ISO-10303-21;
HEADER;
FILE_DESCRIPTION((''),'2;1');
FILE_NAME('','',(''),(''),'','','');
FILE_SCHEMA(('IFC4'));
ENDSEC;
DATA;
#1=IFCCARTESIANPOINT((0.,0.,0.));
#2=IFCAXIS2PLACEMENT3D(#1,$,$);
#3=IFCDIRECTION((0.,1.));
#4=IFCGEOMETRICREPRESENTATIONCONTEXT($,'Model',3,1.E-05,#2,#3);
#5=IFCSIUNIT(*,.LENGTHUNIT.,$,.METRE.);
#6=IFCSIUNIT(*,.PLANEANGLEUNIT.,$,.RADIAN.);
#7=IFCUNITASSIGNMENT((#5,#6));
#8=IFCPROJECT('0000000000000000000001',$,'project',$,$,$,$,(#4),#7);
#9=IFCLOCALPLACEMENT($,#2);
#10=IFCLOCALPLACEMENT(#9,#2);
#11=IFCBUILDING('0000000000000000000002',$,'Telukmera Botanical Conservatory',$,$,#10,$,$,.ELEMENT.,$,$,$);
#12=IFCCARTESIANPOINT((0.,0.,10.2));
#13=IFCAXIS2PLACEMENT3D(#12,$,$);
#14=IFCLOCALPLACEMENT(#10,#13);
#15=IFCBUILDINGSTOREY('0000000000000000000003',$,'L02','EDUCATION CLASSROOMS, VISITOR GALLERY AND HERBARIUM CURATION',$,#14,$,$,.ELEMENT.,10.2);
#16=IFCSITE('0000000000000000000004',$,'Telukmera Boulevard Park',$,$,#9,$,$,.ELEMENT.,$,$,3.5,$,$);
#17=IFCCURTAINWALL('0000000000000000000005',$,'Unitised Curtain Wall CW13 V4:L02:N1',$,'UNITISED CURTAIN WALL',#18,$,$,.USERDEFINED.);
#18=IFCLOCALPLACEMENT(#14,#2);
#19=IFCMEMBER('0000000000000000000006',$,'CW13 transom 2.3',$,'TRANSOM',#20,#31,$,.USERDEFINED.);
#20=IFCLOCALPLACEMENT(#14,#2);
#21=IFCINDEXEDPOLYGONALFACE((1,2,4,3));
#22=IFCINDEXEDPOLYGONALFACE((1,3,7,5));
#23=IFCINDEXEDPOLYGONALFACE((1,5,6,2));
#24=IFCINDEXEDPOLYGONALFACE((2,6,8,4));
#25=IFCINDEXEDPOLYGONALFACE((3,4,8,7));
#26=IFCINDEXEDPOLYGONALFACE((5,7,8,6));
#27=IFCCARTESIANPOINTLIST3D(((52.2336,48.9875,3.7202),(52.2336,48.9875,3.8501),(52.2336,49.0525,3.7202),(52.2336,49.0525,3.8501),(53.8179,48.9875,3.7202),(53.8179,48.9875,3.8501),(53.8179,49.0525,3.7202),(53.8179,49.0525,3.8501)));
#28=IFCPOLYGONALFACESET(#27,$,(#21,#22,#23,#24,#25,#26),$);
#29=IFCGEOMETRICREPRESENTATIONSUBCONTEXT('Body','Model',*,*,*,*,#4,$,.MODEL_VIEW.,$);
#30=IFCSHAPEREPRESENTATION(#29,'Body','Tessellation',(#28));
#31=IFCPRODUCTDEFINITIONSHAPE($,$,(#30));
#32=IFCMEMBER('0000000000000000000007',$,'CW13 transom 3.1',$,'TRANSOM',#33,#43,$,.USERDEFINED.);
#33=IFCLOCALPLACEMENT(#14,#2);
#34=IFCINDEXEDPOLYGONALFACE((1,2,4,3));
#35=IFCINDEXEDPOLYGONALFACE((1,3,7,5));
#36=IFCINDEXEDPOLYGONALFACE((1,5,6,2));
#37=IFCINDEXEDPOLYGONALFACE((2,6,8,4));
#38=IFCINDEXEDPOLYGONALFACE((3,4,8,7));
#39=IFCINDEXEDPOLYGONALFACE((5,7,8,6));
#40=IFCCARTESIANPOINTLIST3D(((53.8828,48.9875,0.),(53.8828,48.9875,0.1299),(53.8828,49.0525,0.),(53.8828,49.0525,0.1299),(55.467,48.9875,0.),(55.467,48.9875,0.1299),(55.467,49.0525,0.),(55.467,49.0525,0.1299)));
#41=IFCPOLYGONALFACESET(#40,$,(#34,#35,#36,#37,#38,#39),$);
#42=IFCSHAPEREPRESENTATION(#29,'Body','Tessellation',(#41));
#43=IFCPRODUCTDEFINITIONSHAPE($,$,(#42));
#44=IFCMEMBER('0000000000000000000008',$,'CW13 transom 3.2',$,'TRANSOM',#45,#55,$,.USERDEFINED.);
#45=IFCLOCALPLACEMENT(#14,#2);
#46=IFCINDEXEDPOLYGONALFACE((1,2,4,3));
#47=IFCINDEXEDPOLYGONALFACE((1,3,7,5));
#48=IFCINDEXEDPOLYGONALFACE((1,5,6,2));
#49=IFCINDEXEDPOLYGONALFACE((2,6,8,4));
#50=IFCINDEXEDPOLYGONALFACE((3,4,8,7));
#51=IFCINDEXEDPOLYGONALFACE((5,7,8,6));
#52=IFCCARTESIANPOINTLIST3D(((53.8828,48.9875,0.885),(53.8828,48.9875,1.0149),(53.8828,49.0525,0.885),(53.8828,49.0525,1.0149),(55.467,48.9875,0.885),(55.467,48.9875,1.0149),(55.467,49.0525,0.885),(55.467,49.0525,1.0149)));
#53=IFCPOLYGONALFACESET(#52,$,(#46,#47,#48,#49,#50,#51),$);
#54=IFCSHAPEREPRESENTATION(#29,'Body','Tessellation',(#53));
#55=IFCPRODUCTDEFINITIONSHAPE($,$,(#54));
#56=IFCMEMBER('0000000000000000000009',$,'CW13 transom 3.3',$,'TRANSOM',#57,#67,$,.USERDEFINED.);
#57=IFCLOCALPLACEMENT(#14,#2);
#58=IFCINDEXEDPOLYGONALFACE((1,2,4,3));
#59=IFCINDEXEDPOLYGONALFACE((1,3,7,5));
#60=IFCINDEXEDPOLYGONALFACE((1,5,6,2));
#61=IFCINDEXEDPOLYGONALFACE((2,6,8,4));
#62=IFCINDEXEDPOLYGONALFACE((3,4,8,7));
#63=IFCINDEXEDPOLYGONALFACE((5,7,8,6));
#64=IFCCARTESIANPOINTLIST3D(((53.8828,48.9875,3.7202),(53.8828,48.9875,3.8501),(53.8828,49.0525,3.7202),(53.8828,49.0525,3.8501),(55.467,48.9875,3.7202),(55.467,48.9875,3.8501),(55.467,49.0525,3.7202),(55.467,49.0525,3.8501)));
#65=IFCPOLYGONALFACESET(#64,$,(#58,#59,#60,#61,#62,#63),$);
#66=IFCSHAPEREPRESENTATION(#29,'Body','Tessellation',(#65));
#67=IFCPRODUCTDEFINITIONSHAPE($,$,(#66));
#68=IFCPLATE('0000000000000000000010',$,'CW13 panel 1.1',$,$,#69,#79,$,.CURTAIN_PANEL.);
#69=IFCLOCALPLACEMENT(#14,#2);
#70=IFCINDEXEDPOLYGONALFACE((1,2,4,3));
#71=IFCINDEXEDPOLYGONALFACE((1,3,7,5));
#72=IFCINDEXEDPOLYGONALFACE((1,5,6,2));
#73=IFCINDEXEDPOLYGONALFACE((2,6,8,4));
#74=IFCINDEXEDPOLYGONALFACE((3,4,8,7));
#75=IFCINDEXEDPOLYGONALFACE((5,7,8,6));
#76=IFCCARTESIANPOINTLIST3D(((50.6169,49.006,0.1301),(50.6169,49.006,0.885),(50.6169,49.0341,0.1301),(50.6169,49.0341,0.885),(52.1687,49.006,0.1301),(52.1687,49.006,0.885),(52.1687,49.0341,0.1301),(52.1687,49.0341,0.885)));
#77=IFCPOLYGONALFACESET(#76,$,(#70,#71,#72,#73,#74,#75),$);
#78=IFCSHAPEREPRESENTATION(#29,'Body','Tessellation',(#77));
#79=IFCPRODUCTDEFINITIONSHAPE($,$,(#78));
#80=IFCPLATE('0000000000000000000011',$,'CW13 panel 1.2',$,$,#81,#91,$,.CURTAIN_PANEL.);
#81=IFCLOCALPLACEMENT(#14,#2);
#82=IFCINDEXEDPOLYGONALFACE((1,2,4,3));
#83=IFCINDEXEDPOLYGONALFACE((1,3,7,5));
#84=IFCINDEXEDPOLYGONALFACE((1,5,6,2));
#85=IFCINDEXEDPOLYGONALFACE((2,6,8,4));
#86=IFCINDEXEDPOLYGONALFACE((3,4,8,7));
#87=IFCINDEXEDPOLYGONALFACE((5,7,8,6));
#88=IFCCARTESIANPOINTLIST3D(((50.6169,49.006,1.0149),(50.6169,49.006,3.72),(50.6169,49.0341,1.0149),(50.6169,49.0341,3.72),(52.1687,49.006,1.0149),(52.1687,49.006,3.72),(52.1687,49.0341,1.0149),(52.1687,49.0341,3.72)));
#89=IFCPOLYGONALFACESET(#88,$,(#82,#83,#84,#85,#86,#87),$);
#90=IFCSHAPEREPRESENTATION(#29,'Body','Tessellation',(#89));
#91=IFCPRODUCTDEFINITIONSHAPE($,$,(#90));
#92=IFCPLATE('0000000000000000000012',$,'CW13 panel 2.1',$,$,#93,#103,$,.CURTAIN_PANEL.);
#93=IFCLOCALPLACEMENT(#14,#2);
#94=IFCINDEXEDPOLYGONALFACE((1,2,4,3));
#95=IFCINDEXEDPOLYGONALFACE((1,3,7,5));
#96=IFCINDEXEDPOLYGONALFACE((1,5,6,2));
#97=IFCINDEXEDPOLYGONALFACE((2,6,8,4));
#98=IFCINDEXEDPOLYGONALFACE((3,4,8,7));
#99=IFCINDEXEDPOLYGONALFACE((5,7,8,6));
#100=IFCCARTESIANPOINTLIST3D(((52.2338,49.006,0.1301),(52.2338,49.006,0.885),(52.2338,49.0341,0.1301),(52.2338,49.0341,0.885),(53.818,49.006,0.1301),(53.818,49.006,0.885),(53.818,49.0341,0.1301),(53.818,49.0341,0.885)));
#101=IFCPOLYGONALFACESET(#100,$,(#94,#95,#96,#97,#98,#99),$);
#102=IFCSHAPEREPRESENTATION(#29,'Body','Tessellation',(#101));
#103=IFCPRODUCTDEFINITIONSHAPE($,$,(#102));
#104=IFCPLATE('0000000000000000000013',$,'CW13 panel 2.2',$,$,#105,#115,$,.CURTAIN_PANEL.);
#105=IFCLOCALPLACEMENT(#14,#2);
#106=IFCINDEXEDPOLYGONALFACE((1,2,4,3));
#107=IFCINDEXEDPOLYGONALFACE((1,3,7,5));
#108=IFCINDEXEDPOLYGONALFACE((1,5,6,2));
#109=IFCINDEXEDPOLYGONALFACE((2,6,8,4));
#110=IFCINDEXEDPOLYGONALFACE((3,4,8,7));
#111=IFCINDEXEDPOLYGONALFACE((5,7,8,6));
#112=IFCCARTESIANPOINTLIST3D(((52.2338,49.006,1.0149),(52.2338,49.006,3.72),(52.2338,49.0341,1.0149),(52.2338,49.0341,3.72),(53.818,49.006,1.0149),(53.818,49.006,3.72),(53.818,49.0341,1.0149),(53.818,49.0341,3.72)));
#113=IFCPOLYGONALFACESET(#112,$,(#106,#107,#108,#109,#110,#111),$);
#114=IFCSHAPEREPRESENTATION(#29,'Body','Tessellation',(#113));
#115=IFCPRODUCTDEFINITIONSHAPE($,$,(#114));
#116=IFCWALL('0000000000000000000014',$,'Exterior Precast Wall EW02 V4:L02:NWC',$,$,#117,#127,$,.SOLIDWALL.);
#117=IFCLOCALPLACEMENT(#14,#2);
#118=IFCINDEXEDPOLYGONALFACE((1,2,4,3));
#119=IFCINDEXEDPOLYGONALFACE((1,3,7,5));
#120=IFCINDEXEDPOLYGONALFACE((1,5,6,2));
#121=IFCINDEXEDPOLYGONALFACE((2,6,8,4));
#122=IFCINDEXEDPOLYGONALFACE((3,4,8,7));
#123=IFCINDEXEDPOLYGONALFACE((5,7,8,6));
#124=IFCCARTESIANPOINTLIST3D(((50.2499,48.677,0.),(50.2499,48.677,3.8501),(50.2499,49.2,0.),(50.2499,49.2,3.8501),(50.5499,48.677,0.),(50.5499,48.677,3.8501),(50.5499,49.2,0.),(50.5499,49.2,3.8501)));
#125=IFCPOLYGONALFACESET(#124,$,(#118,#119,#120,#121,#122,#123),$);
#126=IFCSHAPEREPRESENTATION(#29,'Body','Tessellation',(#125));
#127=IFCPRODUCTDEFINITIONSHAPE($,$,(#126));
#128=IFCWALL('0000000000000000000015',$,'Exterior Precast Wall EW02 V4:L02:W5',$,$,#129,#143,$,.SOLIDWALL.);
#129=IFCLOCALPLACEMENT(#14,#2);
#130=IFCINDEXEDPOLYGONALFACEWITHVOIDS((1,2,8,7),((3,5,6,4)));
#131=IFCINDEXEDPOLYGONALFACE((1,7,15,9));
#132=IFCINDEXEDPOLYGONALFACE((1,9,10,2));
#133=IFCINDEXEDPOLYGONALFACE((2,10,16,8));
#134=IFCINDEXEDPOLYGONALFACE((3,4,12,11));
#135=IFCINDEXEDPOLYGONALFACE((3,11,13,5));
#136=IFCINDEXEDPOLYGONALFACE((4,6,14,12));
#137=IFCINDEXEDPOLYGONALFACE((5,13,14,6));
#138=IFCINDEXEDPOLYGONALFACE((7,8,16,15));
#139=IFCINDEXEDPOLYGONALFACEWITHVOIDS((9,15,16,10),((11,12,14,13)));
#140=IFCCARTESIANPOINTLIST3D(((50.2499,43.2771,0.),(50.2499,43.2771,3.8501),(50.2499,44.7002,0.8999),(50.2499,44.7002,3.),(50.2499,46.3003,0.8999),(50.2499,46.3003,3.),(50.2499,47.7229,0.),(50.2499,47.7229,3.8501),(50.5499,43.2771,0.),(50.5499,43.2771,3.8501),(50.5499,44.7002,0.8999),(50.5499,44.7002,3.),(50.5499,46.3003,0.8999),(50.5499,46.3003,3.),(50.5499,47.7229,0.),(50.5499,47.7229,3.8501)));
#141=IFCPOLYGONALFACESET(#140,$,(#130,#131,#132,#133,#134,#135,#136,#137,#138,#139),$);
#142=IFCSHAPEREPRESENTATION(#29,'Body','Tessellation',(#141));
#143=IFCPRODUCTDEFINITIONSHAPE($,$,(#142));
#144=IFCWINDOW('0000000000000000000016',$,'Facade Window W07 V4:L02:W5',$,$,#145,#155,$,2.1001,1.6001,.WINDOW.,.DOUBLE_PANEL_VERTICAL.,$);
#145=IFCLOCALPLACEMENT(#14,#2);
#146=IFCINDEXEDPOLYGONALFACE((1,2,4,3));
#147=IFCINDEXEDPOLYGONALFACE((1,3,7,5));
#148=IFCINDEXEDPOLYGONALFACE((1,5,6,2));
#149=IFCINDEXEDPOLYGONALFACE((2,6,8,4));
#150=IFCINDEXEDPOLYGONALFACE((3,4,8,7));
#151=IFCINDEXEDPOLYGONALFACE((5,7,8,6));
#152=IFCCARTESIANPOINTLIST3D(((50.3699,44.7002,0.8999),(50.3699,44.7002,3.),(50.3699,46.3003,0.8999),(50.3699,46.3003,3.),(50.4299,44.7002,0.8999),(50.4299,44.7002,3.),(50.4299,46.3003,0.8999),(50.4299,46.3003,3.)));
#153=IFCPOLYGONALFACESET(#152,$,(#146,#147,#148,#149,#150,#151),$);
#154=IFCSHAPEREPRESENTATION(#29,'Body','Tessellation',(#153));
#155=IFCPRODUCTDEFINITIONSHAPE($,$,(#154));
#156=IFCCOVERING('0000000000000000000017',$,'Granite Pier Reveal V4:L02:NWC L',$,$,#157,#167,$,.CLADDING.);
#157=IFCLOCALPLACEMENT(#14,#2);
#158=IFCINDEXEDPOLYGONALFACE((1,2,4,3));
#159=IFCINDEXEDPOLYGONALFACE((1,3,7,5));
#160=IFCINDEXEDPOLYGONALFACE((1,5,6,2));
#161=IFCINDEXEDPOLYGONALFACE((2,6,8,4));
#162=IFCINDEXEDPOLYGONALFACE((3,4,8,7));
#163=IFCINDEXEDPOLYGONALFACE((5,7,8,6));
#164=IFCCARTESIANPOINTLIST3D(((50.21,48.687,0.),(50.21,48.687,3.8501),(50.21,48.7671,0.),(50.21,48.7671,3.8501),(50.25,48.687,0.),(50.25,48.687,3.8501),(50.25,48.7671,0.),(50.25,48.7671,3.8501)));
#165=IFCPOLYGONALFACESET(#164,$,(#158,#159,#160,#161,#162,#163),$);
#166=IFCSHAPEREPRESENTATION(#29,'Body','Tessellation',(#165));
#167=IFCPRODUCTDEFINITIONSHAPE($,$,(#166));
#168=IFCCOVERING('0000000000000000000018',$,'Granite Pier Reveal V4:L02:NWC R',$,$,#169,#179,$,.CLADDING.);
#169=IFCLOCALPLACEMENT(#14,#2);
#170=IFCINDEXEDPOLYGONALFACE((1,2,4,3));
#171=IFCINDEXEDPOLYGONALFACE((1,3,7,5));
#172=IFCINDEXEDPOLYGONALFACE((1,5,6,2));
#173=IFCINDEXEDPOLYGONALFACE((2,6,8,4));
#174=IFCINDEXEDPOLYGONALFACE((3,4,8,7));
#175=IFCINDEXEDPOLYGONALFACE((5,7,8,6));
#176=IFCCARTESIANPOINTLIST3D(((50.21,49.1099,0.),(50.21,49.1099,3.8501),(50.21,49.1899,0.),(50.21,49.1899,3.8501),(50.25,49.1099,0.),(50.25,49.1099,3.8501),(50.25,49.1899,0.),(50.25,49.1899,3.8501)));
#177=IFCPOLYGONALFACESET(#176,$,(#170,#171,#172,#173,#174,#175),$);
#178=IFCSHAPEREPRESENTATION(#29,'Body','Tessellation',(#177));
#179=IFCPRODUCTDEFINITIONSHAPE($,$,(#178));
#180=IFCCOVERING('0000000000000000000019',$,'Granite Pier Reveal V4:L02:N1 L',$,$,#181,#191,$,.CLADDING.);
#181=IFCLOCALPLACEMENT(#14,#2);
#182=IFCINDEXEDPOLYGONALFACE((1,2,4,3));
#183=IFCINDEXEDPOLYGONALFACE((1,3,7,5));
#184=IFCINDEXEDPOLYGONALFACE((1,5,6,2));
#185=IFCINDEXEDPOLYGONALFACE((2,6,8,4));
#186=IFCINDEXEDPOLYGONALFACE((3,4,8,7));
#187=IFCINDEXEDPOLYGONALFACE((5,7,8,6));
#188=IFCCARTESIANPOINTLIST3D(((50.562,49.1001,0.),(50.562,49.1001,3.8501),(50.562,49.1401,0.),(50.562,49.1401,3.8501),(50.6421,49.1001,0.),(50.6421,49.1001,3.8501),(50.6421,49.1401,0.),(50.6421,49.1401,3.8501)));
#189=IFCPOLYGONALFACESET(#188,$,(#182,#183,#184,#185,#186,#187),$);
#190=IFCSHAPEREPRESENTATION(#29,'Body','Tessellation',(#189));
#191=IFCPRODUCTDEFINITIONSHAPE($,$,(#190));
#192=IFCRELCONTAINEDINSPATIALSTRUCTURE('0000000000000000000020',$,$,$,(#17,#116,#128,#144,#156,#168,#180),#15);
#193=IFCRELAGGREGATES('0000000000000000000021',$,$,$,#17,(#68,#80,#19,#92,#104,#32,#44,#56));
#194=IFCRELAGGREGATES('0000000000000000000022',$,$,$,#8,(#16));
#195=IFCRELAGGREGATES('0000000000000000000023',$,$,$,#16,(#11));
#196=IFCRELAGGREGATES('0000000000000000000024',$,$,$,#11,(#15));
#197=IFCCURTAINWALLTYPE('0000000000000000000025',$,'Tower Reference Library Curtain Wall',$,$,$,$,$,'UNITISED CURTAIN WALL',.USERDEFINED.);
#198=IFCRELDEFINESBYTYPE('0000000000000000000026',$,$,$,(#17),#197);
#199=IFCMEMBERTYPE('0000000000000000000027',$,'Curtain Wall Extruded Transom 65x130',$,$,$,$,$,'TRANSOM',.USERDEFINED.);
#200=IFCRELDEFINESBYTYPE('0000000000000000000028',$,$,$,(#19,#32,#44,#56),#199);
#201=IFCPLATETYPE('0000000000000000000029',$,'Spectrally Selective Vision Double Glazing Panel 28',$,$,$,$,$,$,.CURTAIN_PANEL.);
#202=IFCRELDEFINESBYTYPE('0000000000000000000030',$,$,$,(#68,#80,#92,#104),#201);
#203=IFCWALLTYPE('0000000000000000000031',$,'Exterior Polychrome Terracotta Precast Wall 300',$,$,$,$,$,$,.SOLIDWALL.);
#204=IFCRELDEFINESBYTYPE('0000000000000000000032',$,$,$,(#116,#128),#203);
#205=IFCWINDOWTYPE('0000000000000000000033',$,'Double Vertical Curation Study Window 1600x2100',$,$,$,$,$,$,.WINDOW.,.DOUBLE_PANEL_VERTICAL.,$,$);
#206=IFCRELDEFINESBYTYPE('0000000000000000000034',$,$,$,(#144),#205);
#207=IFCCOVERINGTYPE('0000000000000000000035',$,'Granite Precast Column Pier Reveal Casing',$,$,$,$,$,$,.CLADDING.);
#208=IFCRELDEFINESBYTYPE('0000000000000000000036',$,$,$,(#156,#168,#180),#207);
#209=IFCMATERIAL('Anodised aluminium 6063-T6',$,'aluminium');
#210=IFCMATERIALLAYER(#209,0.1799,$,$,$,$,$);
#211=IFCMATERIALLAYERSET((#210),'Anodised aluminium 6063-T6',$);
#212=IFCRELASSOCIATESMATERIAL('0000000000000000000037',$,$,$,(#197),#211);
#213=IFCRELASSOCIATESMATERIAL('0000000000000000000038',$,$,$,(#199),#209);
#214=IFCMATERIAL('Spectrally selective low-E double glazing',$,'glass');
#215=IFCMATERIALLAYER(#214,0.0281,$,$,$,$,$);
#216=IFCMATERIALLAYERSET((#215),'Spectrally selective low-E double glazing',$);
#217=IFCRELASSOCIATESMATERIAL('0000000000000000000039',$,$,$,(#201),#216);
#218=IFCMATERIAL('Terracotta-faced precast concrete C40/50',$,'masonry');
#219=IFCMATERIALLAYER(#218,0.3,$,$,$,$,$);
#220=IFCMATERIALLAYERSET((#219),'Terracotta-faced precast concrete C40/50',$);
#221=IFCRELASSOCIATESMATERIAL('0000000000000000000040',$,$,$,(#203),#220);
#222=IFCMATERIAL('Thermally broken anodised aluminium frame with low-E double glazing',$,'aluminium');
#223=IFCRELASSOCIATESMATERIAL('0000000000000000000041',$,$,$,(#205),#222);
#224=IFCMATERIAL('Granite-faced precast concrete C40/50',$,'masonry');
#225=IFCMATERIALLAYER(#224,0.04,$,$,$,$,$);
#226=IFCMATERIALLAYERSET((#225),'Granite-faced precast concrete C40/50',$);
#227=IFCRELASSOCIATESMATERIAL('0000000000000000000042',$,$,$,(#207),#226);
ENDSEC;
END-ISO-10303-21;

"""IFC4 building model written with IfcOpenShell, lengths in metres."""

from ifc_helpers import new_model, si_unit, direction, frame, frame_2d, origin, origin_2d, place, context, subcontext, project, spatial, rectangle, extrude, material, layer, layer_set, material_profile, profile_set, type_object, element, fill, aggregate, save


model = new_model("IFC4")

# Units and contexts
model_context = context("Model", 3, precision=1e-05, world=origin(), true_north=direction((0.0, 1.0)))
body_context = subcontext(model_context, "Body", "Model", "MODEL_VIEW")
ifc_project = project(units=[si_unit("LENGTHUNIT", "METRE"), si_unit("PLANEANGLEUNIT", "RADIAN")], contexts=[model_context])

# Site, building, storey
site_placement = place(None, origin())
site = spatial("IfcSite", under=ifc_project, at=site_placement, Name="Telukmera Boulevard Park", CompositionType="ELEMENT", RefElevation=3.5)
building_placement = place(site_placement, origin())
building = spatial("IfcBuilding", under=site, at=building_placement, Name="Telukmera Botanical Conservatory", CompositionType="ELEMENT")
storey_placement = place(building_placement, frame((0.0, 0.0, 10.2)))
storey = spatial("IfcBuildingStorey", under=building, at=storey_placement, Name="L02", Description="EDUCATION CLASSROOMS, VISITOR GALLERY AND HERBARIUM CURATION", CompositionType="ELEMENT", Elevation=10.2)

# Curtain wall, members, plates
ifc_material_1 = material(Name="Anodised aluminium 6063-T6", Category="aluminium")
ifc_layer_1 = layer(ifc_material_1, 0.1799)
ifc_layer_set_1 = layer_set([ifc_layer_1], Name="Anodised aluminium 6063-T6")
curtain_wall_type = type_object("IfcCurtainWallType", Name="Tower Reference Library Curtain Wall", ElementType="UNITISED CURTAIN WALL", PredefinedType="USERDEFINED", material=ifc_layer_set_1)
curtain_wall_placement = place(storey_placement, origin())
curtain_wall = element("IfcCurtainWall", 1, at=curtain_wall_placement, inside=storey, type_object=curtain_wall_type, Name="Unitised Curtain Wall CW13 V4:L02:N1", ObjectType="UNITISED CURTAIN WALL", PredefinedType="USERDEFINED")
ifc_material_profile_1 = material_profile(ifc_material_1, rectangle(XDim=0.0649, YDim=0.1299, at=origin_2d()), Name="ALU TRAN 65x130")
ifc_profile_set_1 = profile_set([ifc_material_profile_1], Name="Anodised aluminium 6063-T6")
member_type_1 = type_object("IfcMemberType", Name="Curtain Wall Extruded Transom 65x130", ElementType="TRANSOM", PredefinedType="USERDEFINED", material=ifc_profile_set_1)
member_1_placement = place(storey_placement, frame((52.2336, 49.02, 3.7852), z_axis=(1.0, 0.0, 0.0), x_axis=(0.0, 1.0, 0.0)))
member_1 = element("IfcMember", 2, at=member_1_placement, type_object=member_type_1, Name="CW13 transom 2.3", ObjectType="TRANSOM", PredefinedType="USERDEFINED", context=body_context, shape_type="SweptSolid", body=[
    extrude(rectangle(XDim=0.0649, YDim=0.1299, at=origin_2d()), origin(), (0.0, 0.0, 1.0), 1.5842),
])
member_2_placement = place(storey_placement, frame((53.8828, 49.02, 0.0649), z_axis=(1.0, 0.0, 0.0), x_axis=(0.0, 1.0, 0.0)))
member_2 = element("IfcMember", 3, at=member_2_placement, type_object=member_type_1, Name="CW13 transom 3.1", ObjectType="TRANSOM", PredefinedType="USERDEFINED", context=body_context, shape_type="SweptSolid", body=[
    extrude(rectangle(XDim=0.0649, YDim=0.1299, at=origin_2d()), origin(), (0.0, 0.0, 1.0), 1.5842),
])
member_3_placement = place(storey_placement, frame((53.8828, 49.02, 0.95), z_axis=(1.0, 0.0, 0.0), x_axis=(0.0, 1.0, 0.0)))
member_3 = element("IfcMember", 4, at=member_3_placement, type_object=member_type_1, Name="CW13 transom 3.2", ObjectType="TRANSOM", PredefinedType="USERDEFINED", context=body_context, shape_type="SweptSolid", body=[
    extrude(rectangle(XDim=0.0649, YDim=0.1299, at=origin_2d()), origin(), (0.0, 0.0, 1.0), 1.5842),
])
member_4_placement = place(storey_placement, frame((53.8828, 49.02, 3.7852), z_axis=(1.0, 0.0, 0.0), x_axis=(0.0, 1.0, 0.0)))
member_4 = element("IfcMember", 5, at=member_4_placement, type_object=member_type_1, Name="CW13 transom 3.3", ObjectType="TRANSOM", PredefinedType="USERDEFINED", context=body_context, shape_type="SweptSolid", body=[
    extrude(rectangle(XDim=0.0649, YDim=0.1299, at=origin_2d()), origin(), (0.0, 0.0, 1.0), 1.5842),
])
ifc_material_2 = material(Name="Spectrally selective low-E double glazing", Category="glass")
ifc_layer_2 = layer(ifc_material_2, 0.0281)
ifc_layer_set_2 = layer_set([ifc_layer_2], Name="Spectrally selective low-E double glazing")
plate_type = type_object("IfcPlateType", Name="Spectrally Selective Vision Double Glazing Panel 28", PredefinedType="CURTAIN_PANEL", material=ifc_layer_set_2)
plate_1_placement = place(storey_placement, frame((51.3928, 49.02, 0.1301), z_axis=(0.0, 0.0, 1.0), x_axis=(1.0, 0.0, 0.0)))
plate_1 = element("IfcPlate", 6, at=plate_1_placement, type_object=plate_type, Name="CW13 panel 1.1", PredefinedType="CURTAIN_PANEL", context=body_context, shape_type="SweptSolid", body=[
    extrude(rectangle(XDim=1.5518, YDim=0.0281, at=origin_2d()), origin(), (0.0, 0.0, 1.0), 0.7549),
])
plate_2_placement = place(storey_placement, frame((51.3928, 49.02, 1.0149), z_axis=(0.0, 0.0, 1.0), x_axis=(1.0, 0.0, 0.0)))
plate_2 = element("IfcPlate", 7, at=plate_2_placement, type_object=plate_type, Name="CW13 panel 1.2", PredefinedType="CURTAIN_PANEL", context=body_context, shape_type="SweptSolid", body=[
    extrude(rectangle(XDim=1.5518, YDim=0.0281, at=origin_2d()), origin(), (0.0, 0.0, 1.0), 2.7051),
])
plate_3_placement = place(storey_placement, frame((53.0259, 49.02, 0.1301), z_axis=(0.0, 0.0, 1.0), x_axis=(1.0, 0.0, 0.0)))
plate_3 = element("IfcPlate", 8, at=plate_3_placement, type_object=plate_type, Name="CW13 panel 2.1", PredefinedType="CURTAIN_PANEL", context=body_context, shape_type="SweptSolid", body=[
    extrude(rectangle(XDim=1.5842, YDim=0.0281, at=origin_2d()), origin(), (0.0, 0.0, 1.0), 0.7549),
])
plate_4_placement = place(storey_placement, frame((53.0259, 49.02, 1.0149), z_axis=(0.0, 0.0, 1.0), x_axis=(1.0, 0.0, 0.0)))
plate_4 = element("IfcPlate", 9, at=plate_4_placement, type_object=plate_type, Name="CW13 panel 2.2", PredefinedType="CURTAIN_PANEL", context=body_context, shape_type="SweptSolid", body=[
    extrude(rectangle(XDim=1.5842, YDim=0.0281, at=origin_2d()), origin(), (0.0, 0.0, 1.0), 2.7051),
])
aggregate(curtain_wall, [plate_1, plate_2, member_1, plate_3, plate_4, member_2, member_3, member_4])

# Wall
ifc_material_3 = material(Name="Terracotta-faced precast concrete C40/50", Category="masonry")
ifc_layer_3 = layer(ifc_material_3, 0.3)
ifc_layer_set_3 = layer_set([ifc_layer_3], Name="Terracotta-faced precast concrete C40/50")
wall_type = type_object("IfcWallType", Name="Exterior Polychrome Terracotta Precast Wall 300", PredefinedType="SOLIDWALL", material=ifc_layer_set_3)
wall_1_placement = place(storey_placement, frame((50.3999, 48.677, 0.0), z_axis=(0.0, 0.0, 1.0), x_axis=(0.0, 1.0, 0.0)))
element("IfcWall", 10, at=wall_1_placement, inside=storey, type_object=wall_type, Name="Exterior Precast Wall EW02 V4:L02:NWC", PredefinedType="SOLIDWALL", context=body_context, shape_type="SweptSolid", body=[
    extrude(rectangle(XDim=0.5229, YDim=0.3, at=frame_2d((0.2615, 0.0))), origin(), (0.0, 0.0, 1.0), 3.8501),
])

# Wall, opening, window
wall_2_placement = place(storey_placement, frame((50.3999, 43.2771, 0.0), z_axis=(0.0, 0.0, 1.0), x_axis=(0.0, 1.0, 0.0)))
wall_2 = element("IfcWall", 11, at=wall_2_placement, inside=storey, type_object=wall_type, Name="Exterior Precast Wall EW02 V4:L02:W5", PredefinedType="SOLIDWALL", context=body_context, shape_type="SweptSolid", body=[
    extrude(rectangle(XDim=4.4458, YDim=0.3, at=frame_2d((2.2229, 0.0))), origin(), (0.0, 0.0, 1.0), 3.8501),
])
opening_placement = place(wall_2_placement, frame((1.4231, 0.0, 0.8999)))
opening = element("IfcOpeningElement", 12, at=opening_placement, cuts=wall_2, PredefinedType="OPENING", context=body_context, shape_type="SweptSolid", body=[
    extrude(rectangle(XDim=1.6001, YDim=2.1001, at=frame_2d((0.8, 1.05))), frame((0.0, 0.1599, 0.0), z_axis=(0.0, -1.0, 0.0), x_axis=(1.0, 0.0, 0.0)), (0.0, 0.0, 1.0), 0.3201),
])
ifc_material_4 = material(Name="Thermally broken anodised aluminium frame with low-E double glazing", Category="aluminium")
window_type = type_object("IfcWindowType", Name="Double Vertical Curation Study Window 1600x2100", PartitioningType="DOUBLE_PANEL_VERTICAL", PredefinedType="WINDOW", material=ifc_material_4)
window_placement = place(opening_placement, origin())
window = element("IfcWindow", 13, at=window_placement, inside=storey, type_object=window_type, Name="Facade Window W07 V4:L02:W5", OverallHeight=2.1001, OverallWidth=1.6001, PartitioningType="DOUBLE_PANEL_VERTICAL", PredefinedType="WINDOW", context=body_context, shape_type="SweptSolid", body=[
    extrude(rectangle(XDim=1.6001, YDim=2.1001, at=frame_2d((0.8, 1.05))), frame((0.0, 0.03, 0.0), z_axis=(0.0, -1.0, 0.0), x_axis=(1.0, 0.0, 0.0)), (0.0, 0.0, 1.0), 0.0601),
])
fill(opening, window)

# Coverings
ifc_material_5 = material(Name="Granite-faced precast concrete C40/50", Category="masonry")
ifc_layer_4 = layer(ifc_material_5, 0.04)
ifc_layer_set_4 = layer_set([ifc_layer_4], Name="Granite-faced precast concrete C40/50")
covering_type_1 = type_object("IfcCoveringType", Name="Granite Precast Column Pier Reveal Casing", PredefinedType="CLADDING", material=ifc_layer_set_4)
for number, where, z_axis, x_axis, name in (
    (14, (50.23, 48.7271, 0.0), (0.0, 0.0, 1.0), (0.0, 1.0, 0.0), "Granite Pier Reveal V4:L02:NWC L"),
    (15, (50.23, 49.1499, 0.0), (0.0, 0.0, 1.0), (0.0, 1.0, 0.0), "Granite Pier Reveal V4:L02:NWC R"),
    (16, (50.6021, 49.1201, 0.0), (0.0, 0.0, 1.0), (1.0, 0.0, 0.0), "Granite Pier Reveal V4:L02:N1 L"),
):
    element("IfcCovering", number, at=place(storey_placement, frame(where, z_axis=z_axis, x_axis=x_axis)), inside=storey, type_object=covering_type_1, Name=name, PredefinedType="CLADDING", context=body_context, shape_type="SweptSolid", body=[
        extrude(rectangle(XDim=0.0801, YDim=0.04, at=origin_2d()), origin(), (0.0, 0.0, 1.0), 3.8501),
    ])

save(model, "model.ifc")
